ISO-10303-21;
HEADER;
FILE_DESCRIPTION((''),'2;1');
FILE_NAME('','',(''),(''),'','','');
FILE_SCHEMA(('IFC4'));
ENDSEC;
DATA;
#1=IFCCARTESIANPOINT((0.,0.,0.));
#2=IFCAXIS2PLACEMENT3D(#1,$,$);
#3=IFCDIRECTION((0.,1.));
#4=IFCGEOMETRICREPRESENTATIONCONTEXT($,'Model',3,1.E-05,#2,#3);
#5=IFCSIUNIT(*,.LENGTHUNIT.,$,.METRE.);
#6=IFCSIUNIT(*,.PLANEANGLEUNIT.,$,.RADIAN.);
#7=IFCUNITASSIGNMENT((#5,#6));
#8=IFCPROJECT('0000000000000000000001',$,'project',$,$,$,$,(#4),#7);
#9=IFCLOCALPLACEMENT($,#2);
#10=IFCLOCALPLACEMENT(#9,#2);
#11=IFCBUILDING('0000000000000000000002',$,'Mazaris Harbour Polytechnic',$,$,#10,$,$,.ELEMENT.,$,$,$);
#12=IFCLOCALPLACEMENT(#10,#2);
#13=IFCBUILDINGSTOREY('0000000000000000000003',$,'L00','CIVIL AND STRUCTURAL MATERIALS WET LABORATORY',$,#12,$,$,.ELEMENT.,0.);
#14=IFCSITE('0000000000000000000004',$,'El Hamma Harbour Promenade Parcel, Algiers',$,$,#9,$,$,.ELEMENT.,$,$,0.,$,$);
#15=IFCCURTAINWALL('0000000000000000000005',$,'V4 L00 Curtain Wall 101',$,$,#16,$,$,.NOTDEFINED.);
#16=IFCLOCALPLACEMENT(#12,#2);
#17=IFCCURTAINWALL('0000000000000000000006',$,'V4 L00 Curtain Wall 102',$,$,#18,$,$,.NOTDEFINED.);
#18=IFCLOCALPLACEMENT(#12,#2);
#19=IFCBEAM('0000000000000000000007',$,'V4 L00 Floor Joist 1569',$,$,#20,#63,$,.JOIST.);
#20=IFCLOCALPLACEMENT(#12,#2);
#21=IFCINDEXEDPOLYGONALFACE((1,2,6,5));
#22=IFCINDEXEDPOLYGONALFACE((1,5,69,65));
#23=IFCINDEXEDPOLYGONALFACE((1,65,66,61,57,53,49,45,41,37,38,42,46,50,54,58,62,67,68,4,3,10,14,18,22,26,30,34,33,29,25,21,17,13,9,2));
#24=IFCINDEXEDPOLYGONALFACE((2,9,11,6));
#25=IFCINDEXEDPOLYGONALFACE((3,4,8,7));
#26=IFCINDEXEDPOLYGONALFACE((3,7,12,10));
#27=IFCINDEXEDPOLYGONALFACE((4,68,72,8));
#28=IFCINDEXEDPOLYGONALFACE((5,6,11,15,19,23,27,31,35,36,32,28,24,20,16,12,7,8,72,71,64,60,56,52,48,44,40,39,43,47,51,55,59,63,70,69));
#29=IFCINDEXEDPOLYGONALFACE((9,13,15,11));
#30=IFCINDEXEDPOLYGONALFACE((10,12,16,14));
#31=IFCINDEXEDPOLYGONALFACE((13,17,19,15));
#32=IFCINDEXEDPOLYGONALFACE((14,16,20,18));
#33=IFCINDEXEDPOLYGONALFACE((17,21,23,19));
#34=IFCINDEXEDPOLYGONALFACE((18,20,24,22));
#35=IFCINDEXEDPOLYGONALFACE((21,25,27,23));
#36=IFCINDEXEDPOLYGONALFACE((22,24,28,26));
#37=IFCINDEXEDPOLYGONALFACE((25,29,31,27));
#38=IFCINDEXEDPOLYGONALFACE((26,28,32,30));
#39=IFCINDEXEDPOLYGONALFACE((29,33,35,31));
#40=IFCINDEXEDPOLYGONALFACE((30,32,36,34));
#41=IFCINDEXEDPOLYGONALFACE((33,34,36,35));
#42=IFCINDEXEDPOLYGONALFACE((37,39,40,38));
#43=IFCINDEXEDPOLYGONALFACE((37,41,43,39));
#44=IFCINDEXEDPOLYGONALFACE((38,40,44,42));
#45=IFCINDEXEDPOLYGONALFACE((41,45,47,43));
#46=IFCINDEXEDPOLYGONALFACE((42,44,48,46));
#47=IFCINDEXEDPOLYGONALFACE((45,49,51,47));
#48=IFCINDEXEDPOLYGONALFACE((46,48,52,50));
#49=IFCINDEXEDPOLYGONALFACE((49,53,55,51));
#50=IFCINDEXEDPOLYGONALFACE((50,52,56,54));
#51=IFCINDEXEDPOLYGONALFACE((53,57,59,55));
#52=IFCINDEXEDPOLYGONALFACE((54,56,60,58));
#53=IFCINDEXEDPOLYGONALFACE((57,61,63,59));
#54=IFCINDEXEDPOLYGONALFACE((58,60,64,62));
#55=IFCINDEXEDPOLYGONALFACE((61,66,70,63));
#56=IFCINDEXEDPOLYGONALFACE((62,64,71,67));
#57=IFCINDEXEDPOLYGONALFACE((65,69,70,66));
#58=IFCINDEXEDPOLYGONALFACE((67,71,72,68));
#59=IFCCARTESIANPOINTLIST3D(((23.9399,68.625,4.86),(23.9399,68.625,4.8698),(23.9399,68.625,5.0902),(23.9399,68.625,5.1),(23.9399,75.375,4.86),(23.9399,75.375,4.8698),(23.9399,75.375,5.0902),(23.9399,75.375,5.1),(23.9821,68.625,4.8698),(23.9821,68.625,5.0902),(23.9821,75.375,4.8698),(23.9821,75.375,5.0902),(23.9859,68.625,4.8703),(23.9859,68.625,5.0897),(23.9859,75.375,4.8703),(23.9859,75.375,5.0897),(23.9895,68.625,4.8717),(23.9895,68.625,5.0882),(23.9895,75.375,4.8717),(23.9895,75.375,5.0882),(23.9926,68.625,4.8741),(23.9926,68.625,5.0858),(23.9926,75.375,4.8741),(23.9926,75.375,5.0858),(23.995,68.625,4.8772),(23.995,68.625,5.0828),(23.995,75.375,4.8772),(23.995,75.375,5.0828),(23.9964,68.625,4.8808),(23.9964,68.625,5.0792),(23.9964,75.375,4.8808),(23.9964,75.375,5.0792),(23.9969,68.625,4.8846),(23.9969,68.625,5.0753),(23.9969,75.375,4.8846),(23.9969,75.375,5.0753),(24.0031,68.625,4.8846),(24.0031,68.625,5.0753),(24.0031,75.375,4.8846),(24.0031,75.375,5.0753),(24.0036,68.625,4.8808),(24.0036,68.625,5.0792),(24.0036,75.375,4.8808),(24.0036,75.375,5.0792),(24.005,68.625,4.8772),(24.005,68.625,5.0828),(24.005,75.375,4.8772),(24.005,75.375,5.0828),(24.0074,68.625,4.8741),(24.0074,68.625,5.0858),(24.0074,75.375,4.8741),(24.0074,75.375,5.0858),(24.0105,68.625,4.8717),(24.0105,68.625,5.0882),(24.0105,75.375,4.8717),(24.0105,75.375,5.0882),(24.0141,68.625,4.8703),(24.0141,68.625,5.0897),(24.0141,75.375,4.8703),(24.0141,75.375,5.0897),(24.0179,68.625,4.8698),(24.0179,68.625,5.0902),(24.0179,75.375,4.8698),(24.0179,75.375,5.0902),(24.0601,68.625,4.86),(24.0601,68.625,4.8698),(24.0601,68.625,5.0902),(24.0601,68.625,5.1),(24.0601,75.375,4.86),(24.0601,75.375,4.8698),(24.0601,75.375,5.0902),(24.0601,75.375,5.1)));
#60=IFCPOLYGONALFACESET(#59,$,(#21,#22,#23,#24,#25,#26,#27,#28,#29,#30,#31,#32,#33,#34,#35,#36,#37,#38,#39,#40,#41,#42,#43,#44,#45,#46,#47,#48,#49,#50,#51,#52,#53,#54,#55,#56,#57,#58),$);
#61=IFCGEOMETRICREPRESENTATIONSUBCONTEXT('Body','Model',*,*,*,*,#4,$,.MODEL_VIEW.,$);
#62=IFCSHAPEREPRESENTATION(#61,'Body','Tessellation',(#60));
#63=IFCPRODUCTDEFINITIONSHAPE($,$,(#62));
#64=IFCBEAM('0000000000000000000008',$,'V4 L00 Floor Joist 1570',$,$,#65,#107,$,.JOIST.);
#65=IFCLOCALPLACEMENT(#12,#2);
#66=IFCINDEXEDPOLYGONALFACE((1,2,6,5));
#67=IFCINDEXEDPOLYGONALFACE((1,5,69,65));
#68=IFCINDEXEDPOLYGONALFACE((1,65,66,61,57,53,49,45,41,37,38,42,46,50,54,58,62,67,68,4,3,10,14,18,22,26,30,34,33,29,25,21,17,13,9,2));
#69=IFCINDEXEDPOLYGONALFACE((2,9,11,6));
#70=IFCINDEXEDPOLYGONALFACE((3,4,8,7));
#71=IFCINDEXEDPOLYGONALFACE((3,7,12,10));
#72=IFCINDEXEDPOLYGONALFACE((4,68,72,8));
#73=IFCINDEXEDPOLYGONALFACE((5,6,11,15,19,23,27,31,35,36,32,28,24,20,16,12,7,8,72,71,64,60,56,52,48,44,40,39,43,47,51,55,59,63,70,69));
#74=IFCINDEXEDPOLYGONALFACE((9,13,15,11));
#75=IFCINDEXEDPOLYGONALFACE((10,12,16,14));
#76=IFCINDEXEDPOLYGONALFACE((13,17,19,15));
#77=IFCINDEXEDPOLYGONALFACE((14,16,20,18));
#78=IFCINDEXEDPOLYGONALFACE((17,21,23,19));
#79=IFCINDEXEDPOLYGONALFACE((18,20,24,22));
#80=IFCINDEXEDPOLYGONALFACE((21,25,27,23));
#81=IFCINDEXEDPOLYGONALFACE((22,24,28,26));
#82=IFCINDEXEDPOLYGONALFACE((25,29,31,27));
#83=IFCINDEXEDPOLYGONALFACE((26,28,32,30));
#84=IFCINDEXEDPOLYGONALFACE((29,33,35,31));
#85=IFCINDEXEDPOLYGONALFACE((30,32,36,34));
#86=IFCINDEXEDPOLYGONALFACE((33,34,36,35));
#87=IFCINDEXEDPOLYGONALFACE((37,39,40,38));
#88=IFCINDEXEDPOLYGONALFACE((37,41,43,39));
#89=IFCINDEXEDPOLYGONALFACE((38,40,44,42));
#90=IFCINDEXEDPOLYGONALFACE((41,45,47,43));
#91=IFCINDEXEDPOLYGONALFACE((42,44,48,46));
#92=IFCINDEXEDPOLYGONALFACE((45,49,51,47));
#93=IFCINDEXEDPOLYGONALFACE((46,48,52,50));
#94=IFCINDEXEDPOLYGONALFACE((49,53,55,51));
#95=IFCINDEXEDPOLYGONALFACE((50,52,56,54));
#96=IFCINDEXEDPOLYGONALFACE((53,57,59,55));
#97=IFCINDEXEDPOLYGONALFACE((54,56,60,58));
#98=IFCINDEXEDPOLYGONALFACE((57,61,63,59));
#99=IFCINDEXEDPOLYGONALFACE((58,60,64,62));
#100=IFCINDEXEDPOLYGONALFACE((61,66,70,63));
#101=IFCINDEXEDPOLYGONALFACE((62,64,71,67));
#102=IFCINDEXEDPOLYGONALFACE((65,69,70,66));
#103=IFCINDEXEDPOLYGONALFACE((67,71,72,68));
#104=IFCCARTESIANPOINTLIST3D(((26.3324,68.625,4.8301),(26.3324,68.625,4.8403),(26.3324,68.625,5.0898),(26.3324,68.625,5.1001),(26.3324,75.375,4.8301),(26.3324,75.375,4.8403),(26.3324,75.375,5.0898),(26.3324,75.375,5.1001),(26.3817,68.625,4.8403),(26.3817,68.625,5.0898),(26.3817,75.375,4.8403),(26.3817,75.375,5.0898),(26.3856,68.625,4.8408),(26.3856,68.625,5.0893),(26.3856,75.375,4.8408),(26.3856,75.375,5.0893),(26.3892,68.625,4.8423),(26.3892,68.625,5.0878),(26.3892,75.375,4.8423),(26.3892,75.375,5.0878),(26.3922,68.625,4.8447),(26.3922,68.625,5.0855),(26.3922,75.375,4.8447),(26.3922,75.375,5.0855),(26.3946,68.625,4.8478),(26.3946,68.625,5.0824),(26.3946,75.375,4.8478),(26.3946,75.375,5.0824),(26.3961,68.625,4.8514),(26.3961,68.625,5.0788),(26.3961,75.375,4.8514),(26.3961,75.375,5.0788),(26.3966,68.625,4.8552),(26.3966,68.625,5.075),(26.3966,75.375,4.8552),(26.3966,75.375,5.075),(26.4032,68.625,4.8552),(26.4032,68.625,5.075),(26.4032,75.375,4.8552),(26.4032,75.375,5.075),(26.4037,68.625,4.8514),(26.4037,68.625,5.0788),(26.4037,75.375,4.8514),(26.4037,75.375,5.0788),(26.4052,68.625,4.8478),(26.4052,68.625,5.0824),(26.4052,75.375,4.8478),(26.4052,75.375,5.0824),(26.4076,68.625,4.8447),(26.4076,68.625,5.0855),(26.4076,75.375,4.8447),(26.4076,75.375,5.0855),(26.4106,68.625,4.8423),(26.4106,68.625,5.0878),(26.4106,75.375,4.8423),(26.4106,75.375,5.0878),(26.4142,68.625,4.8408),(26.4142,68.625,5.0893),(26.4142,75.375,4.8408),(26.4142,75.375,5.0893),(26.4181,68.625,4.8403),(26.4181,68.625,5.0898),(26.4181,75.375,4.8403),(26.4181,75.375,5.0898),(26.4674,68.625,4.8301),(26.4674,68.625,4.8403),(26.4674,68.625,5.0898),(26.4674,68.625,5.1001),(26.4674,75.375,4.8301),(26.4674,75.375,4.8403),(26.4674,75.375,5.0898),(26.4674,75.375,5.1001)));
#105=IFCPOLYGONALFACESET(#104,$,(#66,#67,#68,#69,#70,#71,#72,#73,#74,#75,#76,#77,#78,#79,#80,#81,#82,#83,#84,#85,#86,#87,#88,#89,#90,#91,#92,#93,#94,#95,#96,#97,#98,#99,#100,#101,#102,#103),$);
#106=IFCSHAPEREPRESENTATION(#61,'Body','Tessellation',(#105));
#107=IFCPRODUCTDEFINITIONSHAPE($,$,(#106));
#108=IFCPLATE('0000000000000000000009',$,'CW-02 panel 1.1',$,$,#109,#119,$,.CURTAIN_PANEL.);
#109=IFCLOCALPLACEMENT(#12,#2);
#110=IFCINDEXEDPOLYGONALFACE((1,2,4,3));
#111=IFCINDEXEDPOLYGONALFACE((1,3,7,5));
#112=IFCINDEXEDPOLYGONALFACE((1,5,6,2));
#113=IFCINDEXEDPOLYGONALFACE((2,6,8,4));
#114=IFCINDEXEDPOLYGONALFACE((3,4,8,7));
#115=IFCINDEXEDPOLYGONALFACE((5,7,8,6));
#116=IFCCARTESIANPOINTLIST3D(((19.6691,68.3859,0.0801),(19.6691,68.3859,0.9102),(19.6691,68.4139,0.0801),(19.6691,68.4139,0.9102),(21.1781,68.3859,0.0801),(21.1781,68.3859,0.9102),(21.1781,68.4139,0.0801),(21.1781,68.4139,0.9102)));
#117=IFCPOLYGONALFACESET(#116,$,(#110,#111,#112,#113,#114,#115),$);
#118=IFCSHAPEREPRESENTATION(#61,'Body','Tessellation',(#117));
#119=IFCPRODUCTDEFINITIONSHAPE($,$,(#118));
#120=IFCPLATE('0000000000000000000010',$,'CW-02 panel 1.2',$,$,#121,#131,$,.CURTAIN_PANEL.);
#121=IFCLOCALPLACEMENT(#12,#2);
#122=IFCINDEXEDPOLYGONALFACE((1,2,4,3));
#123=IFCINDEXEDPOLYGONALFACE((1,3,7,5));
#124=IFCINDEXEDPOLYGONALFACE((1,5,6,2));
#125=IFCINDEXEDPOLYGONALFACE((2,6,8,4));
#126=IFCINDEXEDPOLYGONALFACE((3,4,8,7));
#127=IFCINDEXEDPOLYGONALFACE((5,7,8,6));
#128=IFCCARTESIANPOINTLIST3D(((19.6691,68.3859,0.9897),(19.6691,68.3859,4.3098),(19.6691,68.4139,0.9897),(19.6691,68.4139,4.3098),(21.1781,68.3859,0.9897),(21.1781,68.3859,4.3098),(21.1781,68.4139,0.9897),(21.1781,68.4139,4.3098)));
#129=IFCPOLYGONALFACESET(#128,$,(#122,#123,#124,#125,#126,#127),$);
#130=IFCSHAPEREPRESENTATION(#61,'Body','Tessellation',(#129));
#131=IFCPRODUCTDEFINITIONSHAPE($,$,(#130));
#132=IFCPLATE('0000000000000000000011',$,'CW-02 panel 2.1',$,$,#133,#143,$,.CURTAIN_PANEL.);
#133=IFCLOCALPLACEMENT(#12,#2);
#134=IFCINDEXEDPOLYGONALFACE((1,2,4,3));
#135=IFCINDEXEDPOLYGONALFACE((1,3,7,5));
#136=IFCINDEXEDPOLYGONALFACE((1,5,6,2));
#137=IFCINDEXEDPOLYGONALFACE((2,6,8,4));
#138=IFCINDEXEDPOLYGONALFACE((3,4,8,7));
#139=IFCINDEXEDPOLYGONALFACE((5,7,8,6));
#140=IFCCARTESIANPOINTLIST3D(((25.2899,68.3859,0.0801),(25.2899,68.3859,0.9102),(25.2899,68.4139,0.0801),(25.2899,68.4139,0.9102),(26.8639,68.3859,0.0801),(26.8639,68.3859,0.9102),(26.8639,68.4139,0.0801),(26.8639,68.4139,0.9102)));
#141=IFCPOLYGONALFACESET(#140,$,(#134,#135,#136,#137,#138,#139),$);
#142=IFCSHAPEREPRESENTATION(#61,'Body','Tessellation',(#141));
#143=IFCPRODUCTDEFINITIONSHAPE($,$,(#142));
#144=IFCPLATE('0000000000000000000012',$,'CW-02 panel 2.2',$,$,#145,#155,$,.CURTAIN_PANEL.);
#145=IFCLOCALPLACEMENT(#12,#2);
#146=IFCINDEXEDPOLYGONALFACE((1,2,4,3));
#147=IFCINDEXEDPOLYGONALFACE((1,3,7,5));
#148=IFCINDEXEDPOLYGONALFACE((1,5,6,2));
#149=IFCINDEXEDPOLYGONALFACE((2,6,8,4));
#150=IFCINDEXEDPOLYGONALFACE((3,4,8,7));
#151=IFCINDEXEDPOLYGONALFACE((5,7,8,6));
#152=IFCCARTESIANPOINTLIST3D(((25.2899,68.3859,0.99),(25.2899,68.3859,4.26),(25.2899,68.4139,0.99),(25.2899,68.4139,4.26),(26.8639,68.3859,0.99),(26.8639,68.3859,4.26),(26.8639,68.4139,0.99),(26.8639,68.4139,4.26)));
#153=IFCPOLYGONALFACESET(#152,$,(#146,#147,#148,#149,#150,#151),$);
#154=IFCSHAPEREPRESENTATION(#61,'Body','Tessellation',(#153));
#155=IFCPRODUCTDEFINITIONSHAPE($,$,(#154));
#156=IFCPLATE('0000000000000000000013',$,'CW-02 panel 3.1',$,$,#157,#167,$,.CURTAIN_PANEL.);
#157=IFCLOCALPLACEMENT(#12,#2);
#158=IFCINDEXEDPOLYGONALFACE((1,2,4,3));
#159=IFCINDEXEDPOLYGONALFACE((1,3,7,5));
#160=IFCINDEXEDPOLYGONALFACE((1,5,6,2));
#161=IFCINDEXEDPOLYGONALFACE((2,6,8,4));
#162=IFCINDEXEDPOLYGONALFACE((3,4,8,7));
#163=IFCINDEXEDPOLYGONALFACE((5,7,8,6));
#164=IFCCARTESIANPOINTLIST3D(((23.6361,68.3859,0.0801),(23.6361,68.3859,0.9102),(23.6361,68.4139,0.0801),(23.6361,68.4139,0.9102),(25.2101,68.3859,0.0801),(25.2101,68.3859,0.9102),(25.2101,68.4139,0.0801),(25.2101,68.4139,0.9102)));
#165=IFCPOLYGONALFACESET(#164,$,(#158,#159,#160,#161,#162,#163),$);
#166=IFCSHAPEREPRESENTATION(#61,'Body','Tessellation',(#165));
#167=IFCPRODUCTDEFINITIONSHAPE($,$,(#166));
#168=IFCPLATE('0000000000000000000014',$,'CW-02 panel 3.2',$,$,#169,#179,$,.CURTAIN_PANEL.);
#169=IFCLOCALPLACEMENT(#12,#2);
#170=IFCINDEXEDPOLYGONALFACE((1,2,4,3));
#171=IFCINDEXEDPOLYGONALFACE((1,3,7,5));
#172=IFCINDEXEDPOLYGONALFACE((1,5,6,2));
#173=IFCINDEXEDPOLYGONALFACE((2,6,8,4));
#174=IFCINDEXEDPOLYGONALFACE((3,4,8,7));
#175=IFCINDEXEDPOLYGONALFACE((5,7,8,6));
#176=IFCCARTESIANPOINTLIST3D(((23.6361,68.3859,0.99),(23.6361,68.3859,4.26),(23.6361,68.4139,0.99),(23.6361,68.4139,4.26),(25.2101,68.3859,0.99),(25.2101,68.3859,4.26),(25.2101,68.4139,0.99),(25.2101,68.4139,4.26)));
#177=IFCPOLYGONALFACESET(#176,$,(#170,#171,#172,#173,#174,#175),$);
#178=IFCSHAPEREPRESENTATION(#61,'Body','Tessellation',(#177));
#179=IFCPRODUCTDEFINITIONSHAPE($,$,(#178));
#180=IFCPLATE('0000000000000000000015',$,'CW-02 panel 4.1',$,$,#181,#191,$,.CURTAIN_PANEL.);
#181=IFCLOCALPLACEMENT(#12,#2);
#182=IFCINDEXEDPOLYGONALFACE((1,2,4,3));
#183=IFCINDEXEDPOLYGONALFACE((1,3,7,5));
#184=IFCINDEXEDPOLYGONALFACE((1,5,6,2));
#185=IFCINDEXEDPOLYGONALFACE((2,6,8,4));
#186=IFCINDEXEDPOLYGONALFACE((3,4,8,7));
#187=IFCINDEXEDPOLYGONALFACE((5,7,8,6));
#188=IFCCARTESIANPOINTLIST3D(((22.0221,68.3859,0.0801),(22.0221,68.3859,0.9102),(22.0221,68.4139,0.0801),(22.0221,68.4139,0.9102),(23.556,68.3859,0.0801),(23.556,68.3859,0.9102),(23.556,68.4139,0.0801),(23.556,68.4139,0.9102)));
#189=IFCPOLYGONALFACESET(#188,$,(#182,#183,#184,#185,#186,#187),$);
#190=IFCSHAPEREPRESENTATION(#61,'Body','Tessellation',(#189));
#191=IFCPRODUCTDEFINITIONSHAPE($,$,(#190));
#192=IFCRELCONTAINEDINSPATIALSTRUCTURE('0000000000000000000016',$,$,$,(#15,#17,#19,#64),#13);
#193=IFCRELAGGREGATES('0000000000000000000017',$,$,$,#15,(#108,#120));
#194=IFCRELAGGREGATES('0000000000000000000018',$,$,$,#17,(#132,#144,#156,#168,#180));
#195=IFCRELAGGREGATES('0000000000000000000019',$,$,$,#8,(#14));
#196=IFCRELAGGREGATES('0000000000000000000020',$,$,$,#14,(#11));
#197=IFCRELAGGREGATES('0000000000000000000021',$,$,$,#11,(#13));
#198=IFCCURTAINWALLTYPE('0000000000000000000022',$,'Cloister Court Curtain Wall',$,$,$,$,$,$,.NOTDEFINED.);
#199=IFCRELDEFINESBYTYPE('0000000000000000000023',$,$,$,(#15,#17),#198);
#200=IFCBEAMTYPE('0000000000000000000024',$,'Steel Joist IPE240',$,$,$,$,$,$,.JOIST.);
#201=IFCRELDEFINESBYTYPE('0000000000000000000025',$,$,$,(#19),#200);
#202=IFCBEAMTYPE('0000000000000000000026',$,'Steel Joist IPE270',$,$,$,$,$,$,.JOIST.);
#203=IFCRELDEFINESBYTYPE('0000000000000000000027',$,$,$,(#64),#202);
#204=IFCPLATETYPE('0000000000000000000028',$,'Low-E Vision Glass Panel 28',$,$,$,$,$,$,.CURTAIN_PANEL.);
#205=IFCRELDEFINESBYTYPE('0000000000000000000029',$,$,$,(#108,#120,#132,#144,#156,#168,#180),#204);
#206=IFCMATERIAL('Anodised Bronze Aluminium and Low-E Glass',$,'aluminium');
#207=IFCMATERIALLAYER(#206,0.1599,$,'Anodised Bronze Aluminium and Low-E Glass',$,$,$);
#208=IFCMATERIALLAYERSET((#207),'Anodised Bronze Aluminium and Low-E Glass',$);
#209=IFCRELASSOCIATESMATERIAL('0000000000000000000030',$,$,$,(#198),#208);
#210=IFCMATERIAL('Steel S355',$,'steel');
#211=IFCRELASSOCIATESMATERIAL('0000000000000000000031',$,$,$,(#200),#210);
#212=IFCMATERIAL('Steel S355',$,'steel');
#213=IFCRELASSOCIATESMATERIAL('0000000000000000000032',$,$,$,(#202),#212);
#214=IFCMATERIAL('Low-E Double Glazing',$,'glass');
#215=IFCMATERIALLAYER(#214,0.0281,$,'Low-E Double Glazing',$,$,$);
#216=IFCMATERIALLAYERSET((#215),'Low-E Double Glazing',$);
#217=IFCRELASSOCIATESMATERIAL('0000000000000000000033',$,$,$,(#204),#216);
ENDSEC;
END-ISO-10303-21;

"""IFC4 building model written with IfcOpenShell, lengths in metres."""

from ifc_helpers import new_model, si_unit, direction, frame, origin, origin_2d, place, context, subcontext, project, spatial, rectangle, i_section, extrude, material, layer, layer_set, material_profile, profile_set, type_object, element, aggregate, save


model = new_model("IFC4")

# Units and contexts
model_context = context("Model", 3, precision=1e-05, world=origin(), true_north=direction((0.0, 1.0)))
body_context = subcontext(model_context, "Body", "Model", "MODEL_VIEW")
ifc_project = project(units=[si_unit("LENGTHUNIT", "METRE"), si_unit("PLANEANGLEUNIT", "RADIAN")], contexts=[model_context])

# Site, building, storey
site_placement = place(None, origin())
site = spatial("IfcSite", under=ifc_project, at=site_placement, Name="El Hamma Harbour Promenade Parcel, Algiers", CompositionType="ELEMENT", RefElevation=0.0)
building_placement = place(site_placement, origin())
building = spatial("IfcBuilding", under=site, at=building_placement, Name="Mazaris Harbour Polytechnic", CompositionType="ELEMENT")
storey_placement = place(building_placement, origin())
storey = spatial("IfcBuildingStorey", under=building, at=storey_placement, Name="L00", Description="CIVIL AND STRUCTURAL MATERIALS WET LABORATORY", CompositionType="ELEMENT", Elevation=0.0)

# Curtain wall
ifc_material_1 = material(Name="Anodised Bronze Aluminium and Low-E Glass", Category="aluminium")
ifc_layer_1 = layer(ifc_material_1, 0.1599, Name="Anodised Bronze Aluminium and Low-E Glass")
ifc_layer_set_1 = layer_set([ifc_layer_1], Name="Anodised Bronze Aluminium and Low-E Glass")
curtain_wall_type = type_object("IfcCurtainWallType", Name="Cloister Court Curtain Wall", PredefinedType="NOTDEFINED", material=ifc_layer_set_1)
curtain_wall_1_placement = place(storey_placement, origin())
curtain_wall_1 = element("IfcCurtainWall", 1, at=curtain_wall_1_placement, inside=storey, type_object=curtain_wall_type, Name="V4 L00 Curtain Wall 101", PredefinedType="NOTDEFINED")

# Curtain wall
curtain_wall_2_placement = place(storey_placement, origin())
curtain_wall_2 = element("IfcCurtainWall", 2, at=curtain_wall_2_placement, inside=storey, type_object=curtain_wall_type, Name="V4 L00 Curtain Wall 102", PredefinedType="NOTDEFINED")

# Beams
ifc_material_2 = material(Name="Steel S355", Category="steel")
ifc_material_profile_1 = material_profile(ifc_material_2, i_section(OverallWidth=0.1201, OverallDepth=0.24, WebThickness=0.0061, FlangeThickness=0.0098, FilletRadius=0.0149, at=origin_2d()), Name="IPE 240")
ifc_profile_set_1 = profile_set([ifc_material_profile_1], Name="Steel S355")
beam_type_1 = type_object("IfcBeamType", Name="Steel Joist IPE240", PredefinedType="JOIST", material=ifc_profile_set_1)
beam_1_placement = place(storey_placement, frame((24.0, 68.625, 4.98), z_axis=(0.0, 1.0, 0.0), x_axis=(-1.0, 0.0, 0.0)))
element("IfcBeam", 3, at=beam_1_placement, inside=storey, type_object=beam_type_1, Name="V4 L00 Floor Joist 1569", PredefinedType="JOIST", context=body_context, shape_type="SweptSolid", body=[
    extrude(i_section(OverallWidth=0.1201, OverallDepth=0.24, WebThickness=0.0061, FlangeThickness=0.0098, FilletRadius=0.0149, at=origin_2d()), origin(), (0.0, 0.0, 1.0), 6.75),
])
ifc_material_3 = material(Name="Steel S355", Category="steel")
ifc_material_profile_2 = material_profile(ifc_material_3, i_section(OverallWidth=0.135, OverallDepth=0.27, WebThickness=0.0066, FlangeThickness=0.0103, FilletRadius=0.0149, at=origin_2d()), Name="IPE 270")
ifc_profile_set_2 = profile_set([ifc_material_profile_2], Name="Steel S355")
beam_type_2 = type_object("IfcBeamType", Name="Steel Joist IPE270", PredefinedType="JOIST", material=ifc_profile_set_2)
beam_2_placement = place(storey_placement, frame((26.3999, 68.625, 4.9651), z_axis=(0.0, 1.0, 0.0), x_axis=(-1.0, 0.0, 0.0)))
element("IfcBeam", 4, at=beam_2_placement, inside=storey, type_object=beam_type_2, Name="V4 L00 Floor Joist 1570", PredefinedType="JOIST", context=body_context, shape_type="SweptSolid", body=[
    extrude(i_section(OverallWidth=0.135, OverallDepth=0.27, WebThickness=0.0066, FlangeThickness=0.0103, FilletRadius=0.0149, at=origin_2d()), origin(), (0.0, 0.0, 1.0), 6.75),
])

# Plates
ifc_material_4 = material(Name="Low-E Double Glazing", Category="glass")
ifc_layer_2 = layer(ifc_material_4, 0.0281, Name="Low-E Double Glazing")
ifc_layer_set_2 = layer_set([ifc_layer_2], Name="Low-E Double Glazing")
plate_type = type_object("IfcPlateType", Name="Low-E Vision Glass Panel 28", PredefinedType="CURTAIN_PANEL", material=ifc_layer_set_2)
plate_1_placement = place(storey_placement, frame((20.4236, 68.3999, 0.0801), z_axis=(0.0, 0.0, 1.0), x_axis=(-1.0, 0.0, 0.0)))
plate_1 = element("IfcPlate", 5, at=plate_1_placement, type_object=plate_type, Name="CW-02 panel 1.1", PredefinedType="CURTAIN_PANEL", context=body_context, shape_type="SweptSolid", body=[
    extrude(rectangle(XDim=1.509, YDim=0.0281, at=origin_2d()), origin(), (0.0, 0.0, 1.0), 0.8301),
])
plate_2_placement = place(storey_placement, frame((20.4236, 68.3999, 0.9897), z_axis=(0.0, 0.0, 1.0), x_axis=(-1.0, 0.0, 0.0)))
plate_2 = element("IfcPlate", 6, at=plate_2_placement, type_object=plate_type, Name="CW-02 panel 1.2", PredefinedType="CURTAIN_PANEL", context=body_context, shape_type="SweptSolid", body=[
    extrude(rectangle(XDim=1.509, YDim=0.0281, at=origin_2d()), origin(), (0.0, 0.0, 1.0), 3.3201),
])
aggregate(curtain_wall_1, [plate_1, plate_2])
plate_3_placement = place(storey_placement, frame((26.0769, 68.3999, 0.0801), z_axis=(0.0, 0.0, 1.0), x_axis=(-1.0, 0.0, 0.0)))
plate_3 = element("IfcPlate", 7, at=plate_3_placement, type_object=plate_type, Name="CW-02 panel 2.1", PredefinedType="CURTAIN_PANEL", context=body_context, shape_type="SweptSolid", body=[
    extrude(rectangle(XDim=1.574, YDim=0.0281, at=origin_2d()), origin(), (0.0, 0.0, 1.0), 0.8301),
])
plate_4_placement = place(storey_placement, frame((26.0769, 68.3999, 0.99), z_axis=(0.0, 0.0, 1.0), x_axis=(-1.0, 0.0, 0.0)))
plate_4 = element("IfcPlate", 8, at=plate_4_placement, type_object=plate_type, Name="CW-02 panel 2.2", PredefinedType="CURTAIN_PANEL", context=body_context, shape_type="SweptSolid", body=[
    extrude(rectangle(XDim=1.574, YDim=0.0281, at=origin_2d()), origin(), (0.0, 0.0, 1.0), 3.27),
])
plate_5_placement = place(storey_placement, frame((24.4231, 68.3999, 0.0801), z_axis=(0.0, 0.0, 1.0), x_axis=(-1.0, 0.0, 0.0)))
plate_5 = element("IfcPlate", 9, at=plate_5_placement, type_object=plate_type, Name="CW-02 panel 3.1", PredefinedType="CURTAIN_PANEL", context=body_context, shape_type="SweptSolid", body=[
    extrude(rectangle(XDim=1.574, YDim=0.0281, at=origin_2d()), origin(), (0.0, 0.0, 1.0), 0.8301),
])
plate_6_placement = place(storey_placement, frame((24.4231, 68.3999, 0.99), z_axis=(0.0, 0.0, 1.0), x_axis=(-1.0, 0.0, 0.0)))
plate_6 = element("IfcPlate", 10, at=plate_6_placement, type_object=plate_type, Name="CW-02 panel 3.2", PredefinedType="CURTAIN_PANEL", context=body_context, shape_type="SweptSolid", body=[
    extrude(rectangle(XDim=1.574, YDim=0.0281, at=origin_2d()), origin(), (0.0, 0.0, 1.0), 3.27),
])
plate_7_placement = place(storey_placement, frame((22.7891, 68.3999, 0.0801), z_axis=(0.0, 0.0, 1.0), x_axis=(-1.0, 0.0, 0.0)))
plate_7 = element("IfcPlate", 11, at=plate_7_placement, type_object=plate_type, Name="CW-02 panel 4.1", PredefinedType="CURTAIN_PANEL", context=body_context, shape_type="SweptSolid", body=[
    extrude(rectangle(XDim=1.5339, YDim=0.0281, at=origin_2d()), origin(), (0.0, 0.0, 1.0), 0.8301),
])
aggregate(curtain_wall_2, [plate_3, plate_4, plate_5, plate_6, plate_7])

save(model, "model.ifc")
